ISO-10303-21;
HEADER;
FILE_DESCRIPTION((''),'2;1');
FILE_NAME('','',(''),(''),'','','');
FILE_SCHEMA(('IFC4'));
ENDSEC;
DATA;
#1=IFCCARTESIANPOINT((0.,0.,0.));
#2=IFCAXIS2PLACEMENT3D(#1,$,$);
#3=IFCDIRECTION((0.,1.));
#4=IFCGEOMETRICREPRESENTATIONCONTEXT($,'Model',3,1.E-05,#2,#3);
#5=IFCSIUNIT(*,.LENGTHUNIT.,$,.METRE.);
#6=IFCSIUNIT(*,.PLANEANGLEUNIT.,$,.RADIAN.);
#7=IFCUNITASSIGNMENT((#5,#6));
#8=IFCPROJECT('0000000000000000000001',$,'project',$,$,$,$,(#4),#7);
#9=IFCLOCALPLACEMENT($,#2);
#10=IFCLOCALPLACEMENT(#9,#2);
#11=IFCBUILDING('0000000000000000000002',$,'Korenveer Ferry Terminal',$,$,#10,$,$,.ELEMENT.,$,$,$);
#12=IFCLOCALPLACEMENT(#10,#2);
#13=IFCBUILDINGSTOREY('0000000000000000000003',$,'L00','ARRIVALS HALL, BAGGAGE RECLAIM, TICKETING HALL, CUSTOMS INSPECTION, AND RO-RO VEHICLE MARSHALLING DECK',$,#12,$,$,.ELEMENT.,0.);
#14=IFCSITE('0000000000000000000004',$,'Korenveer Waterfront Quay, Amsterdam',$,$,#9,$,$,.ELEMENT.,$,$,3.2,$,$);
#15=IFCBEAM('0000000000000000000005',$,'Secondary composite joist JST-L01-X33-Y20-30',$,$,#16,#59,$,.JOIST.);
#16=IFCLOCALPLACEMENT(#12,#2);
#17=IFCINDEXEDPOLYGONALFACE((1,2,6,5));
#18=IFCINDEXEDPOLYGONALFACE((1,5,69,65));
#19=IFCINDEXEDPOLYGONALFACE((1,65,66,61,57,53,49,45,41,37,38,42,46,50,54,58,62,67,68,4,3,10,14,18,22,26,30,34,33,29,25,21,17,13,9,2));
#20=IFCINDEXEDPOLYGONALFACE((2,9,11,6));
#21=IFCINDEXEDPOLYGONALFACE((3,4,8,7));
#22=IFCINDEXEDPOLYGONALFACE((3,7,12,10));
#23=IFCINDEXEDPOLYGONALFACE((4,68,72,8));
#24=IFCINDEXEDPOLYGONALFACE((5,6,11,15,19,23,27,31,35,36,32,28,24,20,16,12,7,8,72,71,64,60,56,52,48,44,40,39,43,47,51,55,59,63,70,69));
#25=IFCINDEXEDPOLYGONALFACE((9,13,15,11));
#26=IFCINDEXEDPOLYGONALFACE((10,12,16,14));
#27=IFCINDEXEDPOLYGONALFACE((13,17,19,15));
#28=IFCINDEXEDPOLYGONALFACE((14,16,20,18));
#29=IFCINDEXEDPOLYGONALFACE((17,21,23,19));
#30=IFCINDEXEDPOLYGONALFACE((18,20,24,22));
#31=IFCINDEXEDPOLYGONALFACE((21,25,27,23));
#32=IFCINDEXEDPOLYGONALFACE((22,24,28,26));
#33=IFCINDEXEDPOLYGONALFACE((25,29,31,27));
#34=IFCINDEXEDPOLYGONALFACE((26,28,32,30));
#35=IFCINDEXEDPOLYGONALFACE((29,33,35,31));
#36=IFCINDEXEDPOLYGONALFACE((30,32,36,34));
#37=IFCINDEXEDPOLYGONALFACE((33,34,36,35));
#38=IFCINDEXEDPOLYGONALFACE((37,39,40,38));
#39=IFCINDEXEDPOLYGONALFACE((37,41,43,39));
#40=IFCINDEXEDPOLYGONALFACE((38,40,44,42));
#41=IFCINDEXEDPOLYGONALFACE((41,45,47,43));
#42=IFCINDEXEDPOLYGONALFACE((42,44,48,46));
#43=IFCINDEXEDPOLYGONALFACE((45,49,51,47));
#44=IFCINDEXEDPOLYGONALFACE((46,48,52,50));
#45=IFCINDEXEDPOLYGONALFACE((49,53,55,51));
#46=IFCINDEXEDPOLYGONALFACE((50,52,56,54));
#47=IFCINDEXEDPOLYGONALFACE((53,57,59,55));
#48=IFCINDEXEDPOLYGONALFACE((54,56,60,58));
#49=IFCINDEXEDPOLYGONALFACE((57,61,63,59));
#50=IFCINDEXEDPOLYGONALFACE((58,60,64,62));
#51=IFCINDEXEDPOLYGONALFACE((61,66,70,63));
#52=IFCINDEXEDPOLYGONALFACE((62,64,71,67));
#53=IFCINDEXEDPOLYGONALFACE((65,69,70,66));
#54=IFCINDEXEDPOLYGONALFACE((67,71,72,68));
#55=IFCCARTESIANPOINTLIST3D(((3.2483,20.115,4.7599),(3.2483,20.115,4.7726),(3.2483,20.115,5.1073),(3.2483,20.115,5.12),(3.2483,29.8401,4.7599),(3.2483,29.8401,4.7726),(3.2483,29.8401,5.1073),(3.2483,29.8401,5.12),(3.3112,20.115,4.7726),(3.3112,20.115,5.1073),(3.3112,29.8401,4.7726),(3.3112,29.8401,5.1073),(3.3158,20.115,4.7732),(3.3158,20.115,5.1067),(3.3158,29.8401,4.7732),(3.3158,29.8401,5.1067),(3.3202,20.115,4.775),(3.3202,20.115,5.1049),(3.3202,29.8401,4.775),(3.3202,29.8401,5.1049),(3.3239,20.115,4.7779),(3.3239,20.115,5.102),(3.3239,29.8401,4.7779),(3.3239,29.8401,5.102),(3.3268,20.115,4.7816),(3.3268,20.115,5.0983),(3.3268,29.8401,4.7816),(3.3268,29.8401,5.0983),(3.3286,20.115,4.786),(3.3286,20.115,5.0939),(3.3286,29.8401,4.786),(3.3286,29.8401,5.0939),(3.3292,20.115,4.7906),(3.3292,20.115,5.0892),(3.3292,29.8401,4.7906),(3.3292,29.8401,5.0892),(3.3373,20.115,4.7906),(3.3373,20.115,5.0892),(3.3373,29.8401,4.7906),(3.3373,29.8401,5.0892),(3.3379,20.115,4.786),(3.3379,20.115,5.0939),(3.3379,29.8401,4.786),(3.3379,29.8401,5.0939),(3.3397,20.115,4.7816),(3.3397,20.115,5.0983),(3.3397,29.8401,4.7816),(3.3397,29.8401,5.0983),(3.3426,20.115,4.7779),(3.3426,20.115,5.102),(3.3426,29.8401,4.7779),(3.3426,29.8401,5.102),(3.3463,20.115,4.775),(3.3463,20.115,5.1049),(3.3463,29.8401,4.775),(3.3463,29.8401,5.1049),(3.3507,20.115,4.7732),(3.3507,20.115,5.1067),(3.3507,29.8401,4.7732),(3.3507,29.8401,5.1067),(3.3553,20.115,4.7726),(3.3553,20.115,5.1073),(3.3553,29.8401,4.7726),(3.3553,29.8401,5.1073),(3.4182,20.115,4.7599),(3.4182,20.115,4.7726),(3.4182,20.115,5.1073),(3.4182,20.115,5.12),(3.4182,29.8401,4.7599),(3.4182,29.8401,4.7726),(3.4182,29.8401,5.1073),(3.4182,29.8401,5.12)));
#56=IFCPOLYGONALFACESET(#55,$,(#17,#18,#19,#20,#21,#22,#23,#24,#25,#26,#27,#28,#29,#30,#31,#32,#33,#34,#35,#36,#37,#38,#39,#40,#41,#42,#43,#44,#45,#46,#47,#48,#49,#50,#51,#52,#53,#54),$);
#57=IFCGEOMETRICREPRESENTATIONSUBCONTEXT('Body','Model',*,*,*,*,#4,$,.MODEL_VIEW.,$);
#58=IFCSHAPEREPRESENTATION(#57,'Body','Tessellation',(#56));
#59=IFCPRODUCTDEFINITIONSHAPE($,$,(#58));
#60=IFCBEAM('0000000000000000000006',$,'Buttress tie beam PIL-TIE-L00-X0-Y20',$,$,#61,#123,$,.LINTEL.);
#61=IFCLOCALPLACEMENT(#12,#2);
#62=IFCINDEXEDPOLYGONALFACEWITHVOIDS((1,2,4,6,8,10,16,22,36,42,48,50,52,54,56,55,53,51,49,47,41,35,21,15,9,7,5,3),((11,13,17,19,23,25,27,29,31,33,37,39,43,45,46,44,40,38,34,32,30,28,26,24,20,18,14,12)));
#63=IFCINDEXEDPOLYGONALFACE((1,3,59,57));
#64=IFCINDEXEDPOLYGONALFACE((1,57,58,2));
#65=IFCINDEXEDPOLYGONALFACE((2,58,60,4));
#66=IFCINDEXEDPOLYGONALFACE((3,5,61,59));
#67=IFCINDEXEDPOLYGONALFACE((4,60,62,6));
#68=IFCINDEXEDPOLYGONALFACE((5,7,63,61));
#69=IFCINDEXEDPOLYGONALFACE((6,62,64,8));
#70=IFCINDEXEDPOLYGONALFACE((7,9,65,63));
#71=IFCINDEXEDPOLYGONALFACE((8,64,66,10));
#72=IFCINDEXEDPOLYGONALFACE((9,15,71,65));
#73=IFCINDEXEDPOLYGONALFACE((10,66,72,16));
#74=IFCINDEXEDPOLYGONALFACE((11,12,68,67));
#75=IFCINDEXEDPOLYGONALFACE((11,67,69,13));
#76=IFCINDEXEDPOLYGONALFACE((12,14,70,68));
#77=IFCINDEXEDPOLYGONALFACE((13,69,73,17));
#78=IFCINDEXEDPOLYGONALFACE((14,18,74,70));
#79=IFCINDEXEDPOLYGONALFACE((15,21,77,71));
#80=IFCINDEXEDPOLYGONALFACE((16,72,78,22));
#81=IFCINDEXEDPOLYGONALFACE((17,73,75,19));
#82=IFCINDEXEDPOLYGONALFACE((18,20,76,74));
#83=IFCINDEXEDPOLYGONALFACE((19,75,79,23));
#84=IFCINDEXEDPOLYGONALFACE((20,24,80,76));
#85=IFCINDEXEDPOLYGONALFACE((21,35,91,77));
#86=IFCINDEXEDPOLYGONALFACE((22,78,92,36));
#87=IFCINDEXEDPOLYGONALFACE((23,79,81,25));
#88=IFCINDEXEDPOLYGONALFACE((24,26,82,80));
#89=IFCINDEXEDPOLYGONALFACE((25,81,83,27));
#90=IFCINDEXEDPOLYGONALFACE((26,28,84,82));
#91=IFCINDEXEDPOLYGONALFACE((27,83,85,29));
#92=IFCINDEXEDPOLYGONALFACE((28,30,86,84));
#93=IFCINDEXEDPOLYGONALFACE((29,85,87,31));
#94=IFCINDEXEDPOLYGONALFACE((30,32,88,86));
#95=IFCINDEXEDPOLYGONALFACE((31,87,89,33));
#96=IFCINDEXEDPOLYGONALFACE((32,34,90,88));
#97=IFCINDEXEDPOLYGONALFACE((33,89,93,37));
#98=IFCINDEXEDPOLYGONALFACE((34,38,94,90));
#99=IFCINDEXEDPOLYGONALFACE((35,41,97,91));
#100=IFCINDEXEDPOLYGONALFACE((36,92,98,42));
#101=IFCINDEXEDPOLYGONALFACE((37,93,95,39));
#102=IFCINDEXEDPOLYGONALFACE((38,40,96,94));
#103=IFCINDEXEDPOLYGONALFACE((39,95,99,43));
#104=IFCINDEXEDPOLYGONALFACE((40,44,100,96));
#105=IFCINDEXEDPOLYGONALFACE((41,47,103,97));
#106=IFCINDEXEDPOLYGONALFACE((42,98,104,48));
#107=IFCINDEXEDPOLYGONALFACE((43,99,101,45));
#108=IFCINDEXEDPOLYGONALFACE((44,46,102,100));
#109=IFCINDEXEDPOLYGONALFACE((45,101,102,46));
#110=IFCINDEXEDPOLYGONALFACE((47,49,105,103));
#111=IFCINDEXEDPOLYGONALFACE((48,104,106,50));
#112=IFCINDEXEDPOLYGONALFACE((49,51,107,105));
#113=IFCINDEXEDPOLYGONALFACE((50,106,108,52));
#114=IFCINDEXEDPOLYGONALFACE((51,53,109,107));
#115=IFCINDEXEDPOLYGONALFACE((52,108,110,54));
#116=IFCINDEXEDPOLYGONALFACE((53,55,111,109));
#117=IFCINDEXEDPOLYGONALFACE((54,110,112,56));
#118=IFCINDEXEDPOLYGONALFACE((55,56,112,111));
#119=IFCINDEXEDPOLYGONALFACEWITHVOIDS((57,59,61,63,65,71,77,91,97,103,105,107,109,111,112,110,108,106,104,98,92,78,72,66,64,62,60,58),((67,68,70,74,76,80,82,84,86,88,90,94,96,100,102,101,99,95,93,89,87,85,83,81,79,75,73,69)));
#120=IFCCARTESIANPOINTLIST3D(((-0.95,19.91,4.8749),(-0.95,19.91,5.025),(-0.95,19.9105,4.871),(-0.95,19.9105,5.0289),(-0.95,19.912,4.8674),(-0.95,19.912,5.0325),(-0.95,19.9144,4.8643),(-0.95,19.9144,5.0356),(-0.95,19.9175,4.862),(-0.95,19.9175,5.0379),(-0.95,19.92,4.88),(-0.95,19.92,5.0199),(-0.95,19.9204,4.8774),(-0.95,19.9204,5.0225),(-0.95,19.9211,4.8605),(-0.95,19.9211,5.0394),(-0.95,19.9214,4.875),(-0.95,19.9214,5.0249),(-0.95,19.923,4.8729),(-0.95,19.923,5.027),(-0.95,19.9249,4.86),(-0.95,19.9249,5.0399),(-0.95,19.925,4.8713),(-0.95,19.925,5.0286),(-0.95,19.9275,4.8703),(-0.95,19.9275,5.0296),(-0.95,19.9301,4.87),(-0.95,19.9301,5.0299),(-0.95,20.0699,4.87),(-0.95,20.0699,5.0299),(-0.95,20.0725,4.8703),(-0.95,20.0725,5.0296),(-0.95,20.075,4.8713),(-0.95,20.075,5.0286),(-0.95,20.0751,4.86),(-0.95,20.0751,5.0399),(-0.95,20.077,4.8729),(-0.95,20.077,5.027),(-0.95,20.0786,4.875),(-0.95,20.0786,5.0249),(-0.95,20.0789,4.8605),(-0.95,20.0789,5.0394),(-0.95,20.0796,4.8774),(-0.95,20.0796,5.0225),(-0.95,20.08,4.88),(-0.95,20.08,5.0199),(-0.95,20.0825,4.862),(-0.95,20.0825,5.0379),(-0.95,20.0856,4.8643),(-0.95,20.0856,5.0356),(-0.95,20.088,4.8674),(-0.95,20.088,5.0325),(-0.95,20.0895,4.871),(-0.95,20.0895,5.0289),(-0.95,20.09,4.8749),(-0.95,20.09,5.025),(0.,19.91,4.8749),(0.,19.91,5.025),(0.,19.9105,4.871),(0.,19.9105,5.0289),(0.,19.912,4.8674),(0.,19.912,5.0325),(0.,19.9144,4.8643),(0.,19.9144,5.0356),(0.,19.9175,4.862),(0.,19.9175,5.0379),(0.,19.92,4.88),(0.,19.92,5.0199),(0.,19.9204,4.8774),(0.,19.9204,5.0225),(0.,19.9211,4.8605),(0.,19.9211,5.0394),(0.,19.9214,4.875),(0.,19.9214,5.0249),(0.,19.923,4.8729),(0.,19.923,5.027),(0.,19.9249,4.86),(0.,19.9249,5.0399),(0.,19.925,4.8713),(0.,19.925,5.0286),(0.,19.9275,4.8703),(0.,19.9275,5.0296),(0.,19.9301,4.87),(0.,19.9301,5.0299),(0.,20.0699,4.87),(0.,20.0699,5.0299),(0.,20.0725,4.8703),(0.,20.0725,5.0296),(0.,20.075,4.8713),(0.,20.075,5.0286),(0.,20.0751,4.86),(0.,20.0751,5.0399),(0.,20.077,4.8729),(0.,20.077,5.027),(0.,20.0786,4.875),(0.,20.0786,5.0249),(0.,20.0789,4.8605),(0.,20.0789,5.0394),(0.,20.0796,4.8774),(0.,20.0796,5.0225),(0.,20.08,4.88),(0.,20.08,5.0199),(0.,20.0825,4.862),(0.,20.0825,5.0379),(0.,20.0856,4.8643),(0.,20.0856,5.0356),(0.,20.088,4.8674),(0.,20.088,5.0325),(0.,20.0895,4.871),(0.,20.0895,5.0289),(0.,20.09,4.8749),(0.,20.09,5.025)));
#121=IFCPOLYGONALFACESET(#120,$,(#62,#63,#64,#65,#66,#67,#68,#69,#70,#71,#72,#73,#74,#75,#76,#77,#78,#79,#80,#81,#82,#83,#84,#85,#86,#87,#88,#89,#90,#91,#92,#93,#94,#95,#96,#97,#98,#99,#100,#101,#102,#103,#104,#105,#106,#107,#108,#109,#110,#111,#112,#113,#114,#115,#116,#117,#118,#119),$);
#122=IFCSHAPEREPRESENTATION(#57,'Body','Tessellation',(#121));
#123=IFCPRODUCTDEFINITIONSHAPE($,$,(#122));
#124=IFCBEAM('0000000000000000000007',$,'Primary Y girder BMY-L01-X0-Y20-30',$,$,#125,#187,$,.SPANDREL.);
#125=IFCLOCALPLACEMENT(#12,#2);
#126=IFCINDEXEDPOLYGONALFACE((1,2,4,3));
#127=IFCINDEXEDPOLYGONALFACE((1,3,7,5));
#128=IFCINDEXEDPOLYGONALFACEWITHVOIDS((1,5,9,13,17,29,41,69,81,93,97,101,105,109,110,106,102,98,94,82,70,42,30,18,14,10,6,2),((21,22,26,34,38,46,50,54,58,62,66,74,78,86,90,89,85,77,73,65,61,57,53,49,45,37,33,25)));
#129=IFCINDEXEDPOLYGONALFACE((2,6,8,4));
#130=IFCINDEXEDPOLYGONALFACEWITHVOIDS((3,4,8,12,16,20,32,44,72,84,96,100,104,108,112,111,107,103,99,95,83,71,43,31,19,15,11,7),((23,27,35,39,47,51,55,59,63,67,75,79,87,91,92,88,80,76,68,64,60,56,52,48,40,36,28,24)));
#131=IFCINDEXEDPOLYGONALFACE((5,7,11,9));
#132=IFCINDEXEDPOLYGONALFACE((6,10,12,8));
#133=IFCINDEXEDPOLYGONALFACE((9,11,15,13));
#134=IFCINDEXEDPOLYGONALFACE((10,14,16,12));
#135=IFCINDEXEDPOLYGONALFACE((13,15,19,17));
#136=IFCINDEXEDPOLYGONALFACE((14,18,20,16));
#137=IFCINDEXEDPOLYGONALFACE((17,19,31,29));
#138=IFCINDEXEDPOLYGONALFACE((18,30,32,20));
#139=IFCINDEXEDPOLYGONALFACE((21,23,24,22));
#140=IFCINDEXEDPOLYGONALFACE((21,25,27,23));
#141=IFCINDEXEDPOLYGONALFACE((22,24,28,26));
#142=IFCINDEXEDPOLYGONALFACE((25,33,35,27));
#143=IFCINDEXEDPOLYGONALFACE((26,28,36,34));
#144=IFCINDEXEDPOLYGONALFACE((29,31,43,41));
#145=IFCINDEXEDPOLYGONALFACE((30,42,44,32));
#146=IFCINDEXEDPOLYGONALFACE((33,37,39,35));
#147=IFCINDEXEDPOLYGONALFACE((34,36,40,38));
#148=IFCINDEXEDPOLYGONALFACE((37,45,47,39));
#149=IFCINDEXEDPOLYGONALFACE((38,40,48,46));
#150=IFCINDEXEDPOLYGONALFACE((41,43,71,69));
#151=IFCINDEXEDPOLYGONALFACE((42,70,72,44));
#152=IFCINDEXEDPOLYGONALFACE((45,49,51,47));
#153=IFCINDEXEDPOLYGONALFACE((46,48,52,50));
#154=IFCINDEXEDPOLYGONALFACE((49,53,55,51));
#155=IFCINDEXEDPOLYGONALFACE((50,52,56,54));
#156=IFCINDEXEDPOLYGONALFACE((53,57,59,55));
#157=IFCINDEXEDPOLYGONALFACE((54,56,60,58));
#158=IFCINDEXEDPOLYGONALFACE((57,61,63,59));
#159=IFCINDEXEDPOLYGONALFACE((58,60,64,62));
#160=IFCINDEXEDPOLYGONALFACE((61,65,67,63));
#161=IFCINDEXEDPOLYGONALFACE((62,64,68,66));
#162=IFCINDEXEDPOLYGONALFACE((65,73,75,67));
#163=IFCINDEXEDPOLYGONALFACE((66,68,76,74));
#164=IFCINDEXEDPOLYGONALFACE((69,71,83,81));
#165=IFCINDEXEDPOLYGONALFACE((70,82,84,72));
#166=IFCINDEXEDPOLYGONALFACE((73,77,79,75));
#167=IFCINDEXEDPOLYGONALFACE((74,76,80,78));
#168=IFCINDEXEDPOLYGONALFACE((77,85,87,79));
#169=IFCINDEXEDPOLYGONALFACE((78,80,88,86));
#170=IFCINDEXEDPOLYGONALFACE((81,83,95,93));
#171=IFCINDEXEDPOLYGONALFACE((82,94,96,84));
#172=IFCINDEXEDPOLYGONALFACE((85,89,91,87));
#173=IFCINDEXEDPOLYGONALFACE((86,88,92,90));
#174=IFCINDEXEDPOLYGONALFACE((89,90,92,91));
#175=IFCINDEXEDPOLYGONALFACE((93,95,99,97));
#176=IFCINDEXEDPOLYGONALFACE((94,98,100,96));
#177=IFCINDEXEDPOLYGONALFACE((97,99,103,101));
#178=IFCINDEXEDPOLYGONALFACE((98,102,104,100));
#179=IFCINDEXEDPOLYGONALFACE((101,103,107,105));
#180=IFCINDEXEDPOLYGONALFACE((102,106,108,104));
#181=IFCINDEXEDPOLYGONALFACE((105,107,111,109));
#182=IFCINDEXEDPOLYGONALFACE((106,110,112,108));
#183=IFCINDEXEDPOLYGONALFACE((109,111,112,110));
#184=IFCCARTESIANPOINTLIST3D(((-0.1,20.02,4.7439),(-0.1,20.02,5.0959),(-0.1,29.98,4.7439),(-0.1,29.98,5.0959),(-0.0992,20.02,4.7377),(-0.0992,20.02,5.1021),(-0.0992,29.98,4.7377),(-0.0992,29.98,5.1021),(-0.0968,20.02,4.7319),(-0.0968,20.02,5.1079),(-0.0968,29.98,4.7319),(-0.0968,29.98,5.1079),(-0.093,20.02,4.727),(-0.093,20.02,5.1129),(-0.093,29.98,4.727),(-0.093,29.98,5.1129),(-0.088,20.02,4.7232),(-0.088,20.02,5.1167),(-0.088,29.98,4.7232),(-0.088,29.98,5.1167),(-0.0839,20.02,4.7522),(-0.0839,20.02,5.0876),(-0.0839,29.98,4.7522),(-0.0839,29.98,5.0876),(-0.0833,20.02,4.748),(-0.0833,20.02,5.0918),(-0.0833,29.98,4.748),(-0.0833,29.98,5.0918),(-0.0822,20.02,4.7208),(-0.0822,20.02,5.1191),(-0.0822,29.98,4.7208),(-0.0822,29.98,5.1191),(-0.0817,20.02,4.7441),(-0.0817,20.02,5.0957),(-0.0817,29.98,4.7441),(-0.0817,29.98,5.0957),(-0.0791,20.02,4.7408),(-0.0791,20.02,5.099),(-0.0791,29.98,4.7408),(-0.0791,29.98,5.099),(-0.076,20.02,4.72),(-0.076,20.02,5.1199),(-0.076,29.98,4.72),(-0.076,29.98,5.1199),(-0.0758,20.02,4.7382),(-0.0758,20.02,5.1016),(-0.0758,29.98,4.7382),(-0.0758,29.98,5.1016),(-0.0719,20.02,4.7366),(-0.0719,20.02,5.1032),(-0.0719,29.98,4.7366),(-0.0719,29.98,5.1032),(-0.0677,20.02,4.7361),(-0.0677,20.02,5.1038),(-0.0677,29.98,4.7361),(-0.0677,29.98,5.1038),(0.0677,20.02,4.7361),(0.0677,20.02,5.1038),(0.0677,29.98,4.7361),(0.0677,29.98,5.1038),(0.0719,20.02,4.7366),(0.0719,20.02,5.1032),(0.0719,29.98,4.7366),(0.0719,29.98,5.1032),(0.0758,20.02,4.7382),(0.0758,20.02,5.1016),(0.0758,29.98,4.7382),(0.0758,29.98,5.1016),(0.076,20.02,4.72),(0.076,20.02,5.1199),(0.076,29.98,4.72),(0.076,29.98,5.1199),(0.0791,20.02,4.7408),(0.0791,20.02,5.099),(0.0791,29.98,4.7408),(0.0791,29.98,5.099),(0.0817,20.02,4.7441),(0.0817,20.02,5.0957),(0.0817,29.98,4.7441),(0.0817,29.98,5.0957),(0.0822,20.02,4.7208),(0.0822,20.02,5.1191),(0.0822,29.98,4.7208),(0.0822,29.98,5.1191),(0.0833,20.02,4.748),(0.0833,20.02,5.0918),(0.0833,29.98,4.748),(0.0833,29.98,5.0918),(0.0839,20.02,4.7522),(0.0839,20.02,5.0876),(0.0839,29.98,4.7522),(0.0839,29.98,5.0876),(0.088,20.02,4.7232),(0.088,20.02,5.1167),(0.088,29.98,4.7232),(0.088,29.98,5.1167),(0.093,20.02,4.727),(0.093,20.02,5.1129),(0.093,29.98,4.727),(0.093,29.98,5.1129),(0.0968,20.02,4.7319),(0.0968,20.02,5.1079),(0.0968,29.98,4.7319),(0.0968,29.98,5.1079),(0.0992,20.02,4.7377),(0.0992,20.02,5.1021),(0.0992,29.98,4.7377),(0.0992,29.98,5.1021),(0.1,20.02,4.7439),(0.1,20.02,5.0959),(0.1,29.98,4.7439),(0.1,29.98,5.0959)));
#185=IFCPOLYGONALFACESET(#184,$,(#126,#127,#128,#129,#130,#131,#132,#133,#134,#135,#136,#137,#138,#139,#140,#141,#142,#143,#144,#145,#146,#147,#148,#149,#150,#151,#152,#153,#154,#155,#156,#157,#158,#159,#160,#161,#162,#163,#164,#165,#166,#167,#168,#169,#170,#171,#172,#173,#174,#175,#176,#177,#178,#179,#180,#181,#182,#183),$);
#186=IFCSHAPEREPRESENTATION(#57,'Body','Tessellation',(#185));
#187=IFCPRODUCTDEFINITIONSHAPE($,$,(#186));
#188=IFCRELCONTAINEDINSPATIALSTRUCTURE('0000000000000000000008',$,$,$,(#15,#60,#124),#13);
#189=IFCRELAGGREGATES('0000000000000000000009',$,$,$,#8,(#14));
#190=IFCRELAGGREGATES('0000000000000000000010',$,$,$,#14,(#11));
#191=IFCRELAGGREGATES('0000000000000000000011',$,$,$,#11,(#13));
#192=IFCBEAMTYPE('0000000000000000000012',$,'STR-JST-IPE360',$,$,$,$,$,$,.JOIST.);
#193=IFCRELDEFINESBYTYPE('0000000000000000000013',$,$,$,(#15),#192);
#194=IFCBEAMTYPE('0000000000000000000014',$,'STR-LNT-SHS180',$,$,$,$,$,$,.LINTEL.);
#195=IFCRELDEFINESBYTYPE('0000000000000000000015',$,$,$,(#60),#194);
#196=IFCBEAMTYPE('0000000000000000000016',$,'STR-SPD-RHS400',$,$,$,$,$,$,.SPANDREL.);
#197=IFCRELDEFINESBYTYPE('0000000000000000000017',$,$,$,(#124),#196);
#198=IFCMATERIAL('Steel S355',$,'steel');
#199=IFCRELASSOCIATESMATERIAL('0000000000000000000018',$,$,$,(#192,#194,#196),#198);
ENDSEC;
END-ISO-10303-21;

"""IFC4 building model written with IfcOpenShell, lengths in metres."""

from ifc_helpers import new_model, si_unit, direction, frame, origin, origin_2d, place, context, subcontext, project, spatial, hollow_rectangle, i_section, extrude, material, material_profile, profile_set, type_object, element, save


model = new_model("IFC4")

# Units and contexts
model_context = context("Model", 3, precision=1e-05, world=origin(), true_north=direction((0.0, 1.0)))
body_context = subcontext(model_context, "Body", "Model", "MODEL_VIEW")
ifc_project = project(units=[si_unit("LENGTHUNIT", "METRE"), si_unit("PLANEANGLEUNIT", "RADIAN")], contexts=[model_context])

# Site, building, storey
site_placement = place(None, origin())
site = spatial("IfcSite", under=ifc_project, at=site_placement, Name="Korenveer Waterfront Quay, Amsterdam", CompositionType="ELEMENT", RefElevation=3.2)
building_placement = place(site_placement, origin())
building = spatial("IfcBuilding", under=site, at=building_placement, Name="Korenveer Ferry Terminal", CompositionType="ELEMENT")
storey_placement = place(building_placement, origin())
storey = spatial("IfcBuildingStorey", under=building, at=storey_placement, Name="L00", Description="ARRIVALS HALL, BAGGAGE RECLAIM, TICKETING HALL, CUSTOMS INSPECTION, AND RO-RO VEHICLE MARSHALLING DECK", CompositionType="ELEMENT", Elevation=0.0)

# Beams
ifc_material_1 = material(Name="Steel S355", Category="steel")
ifc_material_profile_1 = material_profile(ifc_material_1, i_section(OverallWidth=0.1699, OverallDepth=0.3601, WebThickness=0.0081, FlangeThickness=0.0127, FilletRadius=0.0181, at=origin_2d()), Name="IPE 360")
ifc_profile_set_1 = profile_set([ifc_material_profile_1], Name="Steel S355")
beam_type_1 = type_object("IfcBeamType", Name="STR-JST-IPE360", PredefinedType="JOIST", material=ifc_profile_set_1)
beam_1_placement = place(storey_placement, frame((3.3333, 20.115, 4.9399), z_axis=(0.0, 1.0, 0.0), x_axis=(-1.0, 0.0, 0.0)))
element("IfcBeam", 1, at=beam_1_placement, inside=storey, type_object=beam_type_1, Name="Secondary composite joist JST-L01-X33-Y20-30", PredefinedType="JOIST", context=body_context, shape_type="SweptSolid", body=[
    extrude(i_section(OverallWidth=0.1699, OverallDepth=0.3601, WebThickness=0.0081, FlangeThickness=0.0127, FilletRadius=0.0181, at=origin_2d()), origin(), (0.0, 0.0, 1.0), 9.7251),
])
ifc_material_profile_2 = material_profile(ifc_material_1, hollow_rectangle(XDim=0.1799, YDim=0.1799, WallThickness=0.01, InnerFilletRadius=0.01, OuterFilletRadius=0.0149, at=origin_2d()), Name="SHS 180x180x10")
ifc_profile_set_2 = profile_set([ifc_material_profile_2], Name="Steel S355")
beam_type_2 = type_object("IfcBeamType", Name="STR-LNT-SHS180", PredefinedType="LINTEL", material=ifc_profile_set_2)
beam_2_placement = place(storey_placement, frame((-0.95, 20.0, 4.95), z_axis=(1.0, 0.0, 0.0), x_axis=(0.0, 1.0, 0.0)))
element("IfcBeam", 2, at=beam_2_placement, inside=storey, type_object=beam_type_2, Name="Buttress tie beam PIL-TIE-L00-X0-Y20", PredefinedType="LINTEL", context=body_context, shape_type="SweptSolid", body=[
    extrude(hollow_rectangle(XDim=0.1799, YDim=0.1799, WallThickness=0.01, InnerFilletRadius=0.01, OuterFilletRadius=0.0149, at=origin_2d()), origin(), (0.0, 0.0, 1.0), 0.95),
])
ifc_material_profile_3 = material_profile(ifc_material_1, hollow_rectangle(XDim=0.2, YDim=0.3999, WallThickness=0.0161, InnerFilletRadius=0.0161, OuterFilletRadius=0.0239, at=origin_2d()), Name="RHS 400x200x16")
ifc_profile_set_3 = profile_set([ifc_material_profile_3], Name="Steel S355")
beam_type_3 = type_object("IfcBeamType", Name="STR-SPD-RHS400", PredefinedType="SPANDREL", material=ifc_profile_set_3)
beam_3_placement = place(storey_placement, frame((0.0, 20.02, 4.9199), z_axis=(0.0, 1.0, 0.0), x_axis=(-1.0, 0.0, 0.0)))
element("IfcBeam", 3, at=beam_3_placement, inside=storey, type_object=beam_type_3, Name="Primary Y girder BMY-L01-X0-Y20-30", PredefinedType="SPANDREL", context=body_context, shape_type="SweptSolid", body=[
    extrude(hollow_rectangle(XDim=0.2, YDim=0.3999, WallThickness=0.0161, InnerFilletRadius=0.0161, OuterFilletRadius=0.0239, at=origin_2d()), origin(), (0.0, 0.0, 1.0), 9.96),
])

save(model, "model.ifc")
